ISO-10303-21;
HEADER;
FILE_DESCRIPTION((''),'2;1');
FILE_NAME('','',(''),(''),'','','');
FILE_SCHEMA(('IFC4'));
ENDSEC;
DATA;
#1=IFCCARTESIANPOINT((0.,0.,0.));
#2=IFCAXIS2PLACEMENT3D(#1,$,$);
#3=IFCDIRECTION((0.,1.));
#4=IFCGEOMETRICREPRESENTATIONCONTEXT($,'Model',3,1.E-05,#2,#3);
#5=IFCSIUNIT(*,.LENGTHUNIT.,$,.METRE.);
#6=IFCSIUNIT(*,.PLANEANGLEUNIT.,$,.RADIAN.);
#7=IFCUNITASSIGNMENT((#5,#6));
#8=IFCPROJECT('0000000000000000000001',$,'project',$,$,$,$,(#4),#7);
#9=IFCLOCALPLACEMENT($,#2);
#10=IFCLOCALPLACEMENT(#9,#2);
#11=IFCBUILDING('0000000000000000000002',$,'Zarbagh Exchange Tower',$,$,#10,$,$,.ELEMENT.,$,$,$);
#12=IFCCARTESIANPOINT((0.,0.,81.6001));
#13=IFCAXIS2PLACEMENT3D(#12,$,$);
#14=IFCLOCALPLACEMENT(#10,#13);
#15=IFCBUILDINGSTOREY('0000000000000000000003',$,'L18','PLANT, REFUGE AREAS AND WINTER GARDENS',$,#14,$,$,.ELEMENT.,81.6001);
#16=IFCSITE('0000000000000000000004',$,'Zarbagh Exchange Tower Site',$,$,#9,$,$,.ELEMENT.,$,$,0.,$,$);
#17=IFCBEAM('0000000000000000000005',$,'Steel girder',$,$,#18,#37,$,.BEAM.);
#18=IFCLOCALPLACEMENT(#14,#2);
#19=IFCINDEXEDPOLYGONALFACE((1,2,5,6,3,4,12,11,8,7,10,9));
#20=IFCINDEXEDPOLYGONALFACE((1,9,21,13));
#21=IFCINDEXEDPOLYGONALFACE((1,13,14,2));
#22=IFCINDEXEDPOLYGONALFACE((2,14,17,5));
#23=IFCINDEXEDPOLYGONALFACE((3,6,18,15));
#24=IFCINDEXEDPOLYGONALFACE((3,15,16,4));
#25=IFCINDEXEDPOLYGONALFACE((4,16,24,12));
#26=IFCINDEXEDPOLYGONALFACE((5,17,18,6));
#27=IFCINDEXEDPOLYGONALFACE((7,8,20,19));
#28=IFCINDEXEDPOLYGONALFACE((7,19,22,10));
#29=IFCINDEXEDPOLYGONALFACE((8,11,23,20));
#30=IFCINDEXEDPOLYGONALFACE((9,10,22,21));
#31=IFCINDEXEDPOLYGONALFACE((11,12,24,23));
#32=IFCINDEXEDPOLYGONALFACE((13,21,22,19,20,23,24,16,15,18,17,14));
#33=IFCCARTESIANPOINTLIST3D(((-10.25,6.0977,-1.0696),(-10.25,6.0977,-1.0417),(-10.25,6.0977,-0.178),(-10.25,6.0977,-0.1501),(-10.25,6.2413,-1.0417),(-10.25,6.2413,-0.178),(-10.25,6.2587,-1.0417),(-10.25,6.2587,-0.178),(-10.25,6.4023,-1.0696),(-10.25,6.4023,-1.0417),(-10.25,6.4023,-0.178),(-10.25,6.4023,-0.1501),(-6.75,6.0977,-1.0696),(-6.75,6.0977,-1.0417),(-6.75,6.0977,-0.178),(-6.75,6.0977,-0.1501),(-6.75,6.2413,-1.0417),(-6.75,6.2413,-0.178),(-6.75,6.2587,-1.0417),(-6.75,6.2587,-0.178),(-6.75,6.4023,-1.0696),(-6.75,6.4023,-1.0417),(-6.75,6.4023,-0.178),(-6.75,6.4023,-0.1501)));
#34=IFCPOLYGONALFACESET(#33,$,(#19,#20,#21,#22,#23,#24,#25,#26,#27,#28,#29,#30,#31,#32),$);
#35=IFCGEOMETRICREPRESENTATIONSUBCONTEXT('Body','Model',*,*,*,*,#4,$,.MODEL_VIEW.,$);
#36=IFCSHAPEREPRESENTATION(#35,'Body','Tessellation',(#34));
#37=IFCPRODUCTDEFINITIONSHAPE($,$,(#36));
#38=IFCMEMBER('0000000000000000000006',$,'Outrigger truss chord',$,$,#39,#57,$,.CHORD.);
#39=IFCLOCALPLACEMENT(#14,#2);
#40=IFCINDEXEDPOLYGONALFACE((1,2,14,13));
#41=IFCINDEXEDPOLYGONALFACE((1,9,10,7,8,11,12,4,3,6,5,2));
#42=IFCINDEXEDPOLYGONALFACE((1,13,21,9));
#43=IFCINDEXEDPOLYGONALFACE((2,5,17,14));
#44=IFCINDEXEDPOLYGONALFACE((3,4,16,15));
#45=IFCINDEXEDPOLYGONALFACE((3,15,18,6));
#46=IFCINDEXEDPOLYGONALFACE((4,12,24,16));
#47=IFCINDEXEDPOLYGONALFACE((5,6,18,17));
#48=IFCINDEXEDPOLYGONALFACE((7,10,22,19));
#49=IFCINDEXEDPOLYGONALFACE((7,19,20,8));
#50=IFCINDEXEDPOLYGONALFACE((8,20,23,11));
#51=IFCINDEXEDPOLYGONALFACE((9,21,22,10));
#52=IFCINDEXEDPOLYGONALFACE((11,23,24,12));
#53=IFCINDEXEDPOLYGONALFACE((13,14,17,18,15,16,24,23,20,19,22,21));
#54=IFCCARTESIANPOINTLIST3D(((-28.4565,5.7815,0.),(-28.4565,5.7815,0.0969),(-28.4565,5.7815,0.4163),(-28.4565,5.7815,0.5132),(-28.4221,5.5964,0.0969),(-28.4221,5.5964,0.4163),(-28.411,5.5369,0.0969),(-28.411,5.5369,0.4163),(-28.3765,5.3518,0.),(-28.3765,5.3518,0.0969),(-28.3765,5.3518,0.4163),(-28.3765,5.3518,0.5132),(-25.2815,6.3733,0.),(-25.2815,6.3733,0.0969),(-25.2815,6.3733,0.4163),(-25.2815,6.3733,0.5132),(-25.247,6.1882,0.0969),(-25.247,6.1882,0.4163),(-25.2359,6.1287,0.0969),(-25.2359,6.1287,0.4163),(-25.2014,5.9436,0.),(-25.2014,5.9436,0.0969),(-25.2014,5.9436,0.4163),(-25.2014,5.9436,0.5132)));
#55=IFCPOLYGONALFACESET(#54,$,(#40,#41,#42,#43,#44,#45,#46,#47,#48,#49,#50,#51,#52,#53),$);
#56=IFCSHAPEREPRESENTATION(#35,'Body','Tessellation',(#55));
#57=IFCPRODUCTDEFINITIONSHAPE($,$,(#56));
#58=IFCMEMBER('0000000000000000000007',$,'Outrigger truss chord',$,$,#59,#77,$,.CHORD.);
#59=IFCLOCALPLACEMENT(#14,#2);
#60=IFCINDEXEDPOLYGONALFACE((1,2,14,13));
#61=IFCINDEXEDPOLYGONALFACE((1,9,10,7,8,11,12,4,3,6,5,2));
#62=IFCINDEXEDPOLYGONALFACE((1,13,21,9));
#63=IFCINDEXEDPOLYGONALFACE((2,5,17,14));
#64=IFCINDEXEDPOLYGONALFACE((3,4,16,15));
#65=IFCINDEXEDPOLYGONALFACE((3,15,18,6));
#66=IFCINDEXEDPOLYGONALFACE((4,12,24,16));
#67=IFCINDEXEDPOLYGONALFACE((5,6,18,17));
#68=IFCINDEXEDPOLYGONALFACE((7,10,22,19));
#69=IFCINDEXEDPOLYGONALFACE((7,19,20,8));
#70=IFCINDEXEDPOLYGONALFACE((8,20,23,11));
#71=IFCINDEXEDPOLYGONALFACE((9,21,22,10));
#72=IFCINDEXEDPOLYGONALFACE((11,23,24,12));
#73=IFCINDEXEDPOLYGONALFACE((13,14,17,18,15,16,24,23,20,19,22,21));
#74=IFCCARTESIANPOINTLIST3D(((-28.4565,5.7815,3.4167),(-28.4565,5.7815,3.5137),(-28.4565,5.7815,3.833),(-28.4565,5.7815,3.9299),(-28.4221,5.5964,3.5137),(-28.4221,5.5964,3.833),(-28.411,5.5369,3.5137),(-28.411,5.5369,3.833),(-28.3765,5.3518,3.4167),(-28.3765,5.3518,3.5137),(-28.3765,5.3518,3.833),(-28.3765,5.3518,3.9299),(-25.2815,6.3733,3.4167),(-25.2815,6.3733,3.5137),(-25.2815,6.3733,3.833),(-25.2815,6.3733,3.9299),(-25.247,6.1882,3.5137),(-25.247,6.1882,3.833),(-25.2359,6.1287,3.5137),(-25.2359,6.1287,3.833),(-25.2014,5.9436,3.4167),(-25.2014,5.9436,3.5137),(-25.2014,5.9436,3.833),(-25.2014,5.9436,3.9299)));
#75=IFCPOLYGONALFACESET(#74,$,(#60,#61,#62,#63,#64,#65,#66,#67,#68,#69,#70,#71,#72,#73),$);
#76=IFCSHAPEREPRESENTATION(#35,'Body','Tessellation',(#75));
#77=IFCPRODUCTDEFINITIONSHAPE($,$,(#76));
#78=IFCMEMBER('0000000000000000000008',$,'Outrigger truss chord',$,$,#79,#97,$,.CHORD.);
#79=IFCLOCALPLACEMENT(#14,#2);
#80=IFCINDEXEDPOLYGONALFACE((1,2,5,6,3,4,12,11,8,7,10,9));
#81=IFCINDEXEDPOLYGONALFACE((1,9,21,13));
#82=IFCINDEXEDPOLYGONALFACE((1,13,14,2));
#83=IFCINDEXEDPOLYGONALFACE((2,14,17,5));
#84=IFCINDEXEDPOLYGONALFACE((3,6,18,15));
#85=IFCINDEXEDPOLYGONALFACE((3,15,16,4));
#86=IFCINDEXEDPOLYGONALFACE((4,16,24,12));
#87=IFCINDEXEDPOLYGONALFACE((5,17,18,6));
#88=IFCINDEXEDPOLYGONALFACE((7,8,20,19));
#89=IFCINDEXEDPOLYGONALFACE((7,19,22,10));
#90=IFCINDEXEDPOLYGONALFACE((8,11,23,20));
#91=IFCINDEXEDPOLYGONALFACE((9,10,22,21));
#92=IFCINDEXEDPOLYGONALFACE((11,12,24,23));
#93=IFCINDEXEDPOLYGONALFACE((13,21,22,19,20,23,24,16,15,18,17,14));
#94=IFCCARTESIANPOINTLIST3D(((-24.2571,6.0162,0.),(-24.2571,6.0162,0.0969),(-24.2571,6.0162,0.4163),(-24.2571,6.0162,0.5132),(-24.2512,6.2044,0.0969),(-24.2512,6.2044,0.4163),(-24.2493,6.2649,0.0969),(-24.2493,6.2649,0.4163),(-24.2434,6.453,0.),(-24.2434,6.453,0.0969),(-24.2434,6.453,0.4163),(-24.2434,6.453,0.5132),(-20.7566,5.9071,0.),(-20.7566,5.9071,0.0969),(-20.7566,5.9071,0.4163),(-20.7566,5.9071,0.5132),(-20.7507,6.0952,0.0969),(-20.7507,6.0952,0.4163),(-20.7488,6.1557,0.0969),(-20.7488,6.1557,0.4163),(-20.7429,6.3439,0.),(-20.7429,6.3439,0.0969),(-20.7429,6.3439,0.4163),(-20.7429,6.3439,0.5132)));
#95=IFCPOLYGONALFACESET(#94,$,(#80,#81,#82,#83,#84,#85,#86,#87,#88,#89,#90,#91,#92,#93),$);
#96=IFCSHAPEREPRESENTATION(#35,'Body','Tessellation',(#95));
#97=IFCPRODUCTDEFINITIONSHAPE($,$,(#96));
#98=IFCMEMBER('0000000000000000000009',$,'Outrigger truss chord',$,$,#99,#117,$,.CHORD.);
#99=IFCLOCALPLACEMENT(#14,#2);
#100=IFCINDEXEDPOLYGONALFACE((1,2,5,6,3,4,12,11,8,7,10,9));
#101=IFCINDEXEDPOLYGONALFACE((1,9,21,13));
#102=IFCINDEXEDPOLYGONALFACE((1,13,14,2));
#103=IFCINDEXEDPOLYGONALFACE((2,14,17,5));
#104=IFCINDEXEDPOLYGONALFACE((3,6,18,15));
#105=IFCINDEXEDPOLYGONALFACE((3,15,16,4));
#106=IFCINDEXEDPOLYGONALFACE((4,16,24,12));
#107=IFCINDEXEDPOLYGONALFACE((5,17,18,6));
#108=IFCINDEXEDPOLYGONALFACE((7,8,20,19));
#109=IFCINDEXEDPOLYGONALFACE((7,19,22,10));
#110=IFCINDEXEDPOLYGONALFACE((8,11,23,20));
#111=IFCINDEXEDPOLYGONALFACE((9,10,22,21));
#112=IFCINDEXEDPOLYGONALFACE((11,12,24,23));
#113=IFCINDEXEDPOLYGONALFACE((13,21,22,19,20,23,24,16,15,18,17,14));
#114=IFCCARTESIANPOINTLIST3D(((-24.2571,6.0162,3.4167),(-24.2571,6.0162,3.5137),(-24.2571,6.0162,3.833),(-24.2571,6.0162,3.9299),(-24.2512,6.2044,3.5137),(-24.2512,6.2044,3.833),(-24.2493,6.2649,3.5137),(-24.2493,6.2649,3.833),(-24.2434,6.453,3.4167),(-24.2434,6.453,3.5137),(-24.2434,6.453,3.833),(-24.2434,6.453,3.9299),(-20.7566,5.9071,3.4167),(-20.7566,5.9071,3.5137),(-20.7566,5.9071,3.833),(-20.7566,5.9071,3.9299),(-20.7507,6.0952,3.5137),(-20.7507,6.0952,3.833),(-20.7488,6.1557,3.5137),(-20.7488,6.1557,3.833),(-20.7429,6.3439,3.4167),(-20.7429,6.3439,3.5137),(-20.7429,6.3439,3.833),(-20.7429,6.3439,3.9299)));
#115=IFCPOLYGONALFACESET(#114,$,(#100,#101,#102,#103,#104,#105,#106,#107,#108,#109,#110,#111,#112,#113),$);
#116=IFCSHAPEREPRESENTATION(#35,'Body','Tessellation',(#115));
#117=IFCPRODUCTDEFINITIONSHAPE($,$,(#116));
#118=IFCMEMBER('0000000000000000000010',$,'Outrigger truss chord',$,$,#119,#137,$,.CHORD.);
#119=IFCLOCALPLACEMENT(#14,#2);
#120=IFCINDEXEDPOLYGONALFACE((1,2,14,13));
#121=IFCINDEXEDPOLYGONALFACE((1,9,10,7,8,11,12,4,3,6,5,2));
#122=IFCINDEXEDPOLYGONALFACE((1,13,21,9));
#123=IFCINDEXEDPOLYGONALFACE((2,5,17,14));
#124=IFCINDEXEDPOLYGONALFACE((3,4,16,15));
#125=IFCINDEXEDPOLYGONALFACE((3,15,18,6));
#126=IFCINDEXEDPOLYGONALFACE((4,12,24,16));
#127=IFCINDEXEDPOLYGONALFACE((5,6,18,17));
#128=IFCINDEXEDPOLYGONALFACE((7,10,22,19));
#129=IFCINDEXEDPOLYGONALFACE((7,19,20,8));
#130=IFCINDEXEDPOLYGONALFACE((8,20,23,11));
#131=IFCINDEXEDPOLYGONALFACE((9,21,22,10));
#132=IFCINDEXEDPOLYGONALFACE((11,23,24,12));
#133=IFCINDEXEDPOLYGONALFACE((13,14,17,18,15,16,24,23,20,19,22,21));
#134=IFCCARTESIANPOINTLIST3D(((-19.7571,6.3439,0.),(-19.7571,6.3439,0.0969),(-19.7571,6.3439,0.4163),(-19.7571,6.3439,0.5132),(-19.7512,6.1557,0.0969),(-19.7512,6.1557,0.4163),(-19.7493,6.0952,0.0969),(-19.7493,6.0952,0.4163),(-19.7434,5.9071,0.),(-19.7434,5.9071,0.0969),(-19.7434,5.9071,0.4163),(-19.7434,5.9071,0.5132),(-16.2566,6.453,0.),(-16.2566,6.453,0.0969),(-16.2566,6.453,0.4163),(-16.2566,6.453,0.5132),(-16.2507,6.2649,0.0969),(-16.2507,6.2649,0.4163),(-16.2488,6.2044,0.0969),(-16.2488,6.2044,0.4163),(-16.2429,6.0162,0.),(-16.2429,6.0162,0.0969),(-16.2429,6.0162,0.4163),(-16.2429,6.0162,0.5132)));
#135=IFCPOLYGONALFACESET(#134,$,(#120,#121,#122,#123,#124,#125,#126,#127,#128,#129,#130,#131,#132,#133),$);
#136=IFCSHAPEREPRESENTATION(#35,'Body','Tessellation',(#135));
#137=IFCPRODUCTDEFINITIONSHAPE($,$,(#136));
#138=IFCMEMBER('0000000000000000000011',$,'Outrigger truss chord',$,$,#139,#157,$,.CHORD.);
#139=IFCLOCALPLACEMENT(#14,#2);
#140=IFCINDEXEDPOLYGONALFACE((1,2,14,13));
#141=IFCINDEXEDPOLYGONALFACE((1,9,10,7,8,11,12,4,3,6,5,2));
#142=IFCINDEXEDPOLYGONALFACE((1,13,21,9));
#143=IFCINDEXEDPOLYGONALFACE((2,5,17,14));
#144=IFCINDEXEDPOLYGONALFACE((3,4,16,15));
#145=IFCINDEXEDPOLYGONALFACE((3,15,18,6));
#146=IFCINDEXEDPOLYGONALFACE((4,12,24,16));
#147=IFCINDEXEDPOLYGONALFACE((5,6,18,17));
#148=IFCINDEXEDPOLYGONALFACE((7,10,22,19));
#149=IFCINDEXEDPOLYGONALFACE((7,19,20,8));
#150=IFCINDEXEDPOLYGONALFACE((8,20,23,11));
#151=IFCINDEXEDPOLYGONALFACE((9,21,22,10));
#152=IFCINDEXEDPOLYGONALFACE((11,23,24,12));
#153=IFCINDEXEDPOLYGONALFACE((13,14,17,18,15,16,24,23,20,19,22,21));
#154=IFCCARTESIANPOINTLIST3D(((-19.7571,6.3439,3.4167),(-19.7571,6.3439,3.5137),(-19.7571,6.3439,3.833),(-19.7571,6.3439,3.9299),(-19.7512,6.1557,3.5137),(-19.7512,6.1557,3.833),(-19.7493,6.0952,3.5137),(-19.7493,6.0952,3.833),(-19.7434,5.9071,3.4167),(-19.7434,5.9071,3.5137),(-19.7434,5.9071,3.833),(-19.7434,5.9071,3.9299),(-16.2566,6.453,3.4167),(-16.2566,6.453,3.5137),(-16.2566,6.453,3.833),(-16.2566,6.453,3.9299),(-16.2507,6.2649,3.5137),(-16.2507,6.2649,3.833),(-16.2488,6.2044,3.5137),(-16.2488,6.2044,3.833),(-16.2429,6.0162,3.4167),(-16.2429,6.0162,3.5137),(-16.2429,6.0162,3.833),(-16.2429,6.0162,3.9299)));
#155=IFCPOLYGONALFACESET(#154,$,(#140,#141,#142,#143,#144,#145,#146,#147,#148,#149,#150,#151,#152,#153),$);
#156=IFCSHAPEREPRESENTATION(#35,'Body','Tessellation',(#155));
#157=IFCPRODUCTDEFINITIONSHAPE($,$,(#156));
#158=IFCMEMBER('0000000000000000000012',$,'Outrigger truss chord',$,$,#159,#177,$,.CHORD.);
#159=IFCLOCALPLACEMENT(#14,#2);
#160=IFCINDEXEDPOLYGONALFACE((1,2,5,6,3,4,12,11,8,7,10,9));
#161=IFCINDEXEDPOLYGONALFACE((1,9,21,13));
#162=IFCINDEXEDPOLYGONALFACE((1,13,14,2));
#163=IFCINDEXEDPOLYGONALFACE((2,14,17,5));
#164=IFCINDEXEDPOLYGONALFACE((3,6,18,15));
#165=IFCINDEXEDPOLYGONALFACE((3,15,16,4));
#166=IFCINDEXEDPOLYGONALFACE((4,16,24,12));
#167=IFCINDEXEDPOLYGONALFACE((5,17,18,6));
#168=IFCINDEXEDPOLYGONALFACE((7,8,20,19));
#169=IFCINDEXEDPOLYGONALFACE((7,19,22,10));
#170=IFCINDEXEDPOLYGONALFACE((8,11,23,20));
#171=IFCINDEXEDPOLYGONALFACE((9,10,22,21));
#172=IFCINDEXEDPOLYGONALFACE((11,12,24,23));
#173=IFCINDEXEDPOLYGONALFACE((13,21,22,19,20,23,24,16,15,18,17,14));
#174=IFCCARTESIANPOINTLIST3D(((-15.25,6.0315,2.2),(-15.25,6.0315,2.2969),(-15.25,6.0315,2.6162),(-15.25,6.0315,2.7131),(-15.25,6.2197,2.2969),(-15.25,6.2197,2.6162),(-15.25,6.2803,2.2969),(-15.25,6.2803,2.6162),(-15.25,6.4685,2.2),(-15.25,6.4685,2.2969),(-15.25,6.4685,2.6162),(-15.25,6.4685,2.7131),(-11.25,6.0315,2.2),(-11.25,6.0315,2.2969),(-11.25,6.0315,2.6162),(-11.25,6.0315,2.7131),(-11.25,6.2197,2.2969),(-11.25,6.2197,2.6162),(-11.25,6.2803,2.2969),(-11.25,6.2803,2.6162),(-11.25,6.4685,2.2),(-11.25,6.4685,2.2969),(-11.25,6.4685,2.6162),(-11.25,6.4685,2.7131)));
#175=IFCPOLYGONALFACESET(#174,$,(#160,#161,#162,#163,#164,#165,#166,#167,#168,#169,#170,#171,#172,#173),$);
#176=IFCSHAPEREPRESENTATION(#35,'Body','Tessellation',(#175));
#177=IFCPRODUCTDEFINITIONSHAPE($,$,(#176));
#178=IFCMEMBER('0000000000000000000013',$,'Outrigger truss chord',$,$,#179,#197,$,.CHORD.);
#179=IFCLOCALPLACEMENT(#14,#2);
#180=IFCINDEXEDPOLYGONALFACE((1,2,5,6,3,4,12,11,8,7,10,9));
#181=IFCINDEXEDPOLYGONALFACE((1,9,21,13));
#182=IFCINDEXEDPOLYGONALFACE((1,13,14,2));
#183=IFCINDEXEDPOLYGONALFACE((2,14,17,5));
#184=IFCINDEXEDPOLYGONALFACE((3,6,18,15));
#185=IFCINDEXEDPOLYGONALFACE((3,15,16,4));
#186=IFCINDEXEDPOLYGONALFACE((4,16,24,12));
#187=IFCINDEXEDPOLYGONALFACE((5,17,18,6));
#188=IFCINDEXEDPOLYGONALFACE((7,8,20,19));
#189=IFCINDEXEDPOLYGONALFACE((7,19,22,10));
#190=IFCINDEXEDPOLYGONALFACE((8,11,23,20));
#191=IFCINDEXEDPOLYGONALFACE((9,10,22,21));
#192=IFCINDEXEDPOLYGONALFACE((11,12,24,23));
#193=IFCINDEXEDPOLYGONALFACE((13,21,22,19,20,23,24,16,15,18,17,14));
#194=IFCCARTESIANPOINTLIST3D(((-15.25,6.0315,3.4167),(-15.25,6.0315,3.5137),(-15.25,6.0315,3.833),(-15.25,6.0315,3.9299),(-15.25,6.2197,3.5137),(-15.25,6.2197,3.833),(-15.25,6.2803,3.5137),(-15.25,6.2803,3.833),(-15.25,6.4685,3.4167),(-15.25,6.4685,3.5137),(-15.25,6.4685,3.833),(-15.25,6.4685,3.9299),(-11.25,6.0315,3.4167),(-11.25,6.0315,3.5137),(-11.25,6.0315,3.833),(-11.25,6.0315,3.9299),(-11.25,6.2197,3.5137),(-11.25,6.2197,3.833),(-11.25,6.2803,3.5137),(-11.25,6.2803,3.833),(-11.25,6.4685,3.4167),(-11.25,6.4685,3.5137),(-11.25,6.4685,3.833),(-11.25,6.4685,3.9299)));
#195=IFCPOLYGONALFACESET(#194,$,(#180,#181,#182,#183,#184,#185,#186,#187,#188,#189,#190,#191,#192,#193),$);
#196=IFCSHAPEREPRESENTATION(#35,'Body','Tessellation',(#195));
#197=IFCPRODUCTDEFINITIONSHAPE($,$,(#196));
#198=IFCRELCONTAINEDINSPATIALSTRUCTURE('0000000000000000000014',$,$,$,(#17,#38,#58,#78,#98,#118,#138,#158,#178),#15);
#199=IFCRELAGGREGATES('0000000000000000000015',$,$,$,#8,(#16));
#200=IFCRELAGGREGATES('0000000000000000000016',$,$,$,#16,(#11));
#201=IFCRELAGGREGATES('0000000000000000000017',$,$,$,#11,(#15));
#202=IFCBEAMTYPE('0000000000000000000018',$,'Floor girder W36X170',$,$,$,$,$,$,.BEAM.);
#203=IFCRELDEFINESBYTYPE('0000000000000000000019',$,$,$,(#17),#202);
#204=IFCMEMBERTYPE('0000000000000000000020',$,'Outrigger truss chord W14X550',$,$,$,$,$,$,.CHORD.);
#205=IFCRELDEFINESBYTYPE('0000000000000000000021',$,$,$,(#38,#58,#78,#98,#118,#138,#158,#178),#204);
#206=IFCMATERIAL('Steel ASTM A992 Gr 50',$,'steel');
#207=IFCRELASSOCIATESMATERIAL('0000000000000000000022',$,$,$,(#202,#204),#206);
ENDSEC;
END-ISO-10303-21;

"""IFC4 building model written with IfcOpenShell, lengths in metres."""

from ifc_helpers import new_model, si_unit, direction, frame, origin, origin_2d, place, context, subcontext, project, spatial, i_section, extrude, material, material_profile, profile_set, type_object, element, save


model = new_model("IFC4")

# Units and contexts
model_context = context("Model", 3, precision=1e-05, world=origin(), true_north=direction((0.0, 1.0)))
body_context = subcontext(model_context, "Body", "Model", "MODEL_VIEW")
ifc_project = project(units=[si_unit("LENGTHUNIT", "METRE"), si_unit("PLANEANGLEUNIT", "RADIAN")], contexts=[model_context])

# Site, building, storey
site_placement = place(None, origin())
site = spatial("IfcSite", under=ifc_project, at=site_placement, Name="Zarbagh Exchange Tower Site", CompositionType="ELEMENT", RefElevation=0.0)
building_placement = place(site_placement, origin())
building = spatial("IfcBuilding", under=site, at=building_placement, Name="Zarbagh Exchange Tower", CompositionType="ELEMENT")
storey_placement = place(building_placement, frame((0.0, 0.0, 81.6001)))
storey = spatial("IfcBuildingStorey", under=building, at=storey_placement, Name="L18", Description="PLANT, REFUGE AREAS AND WINTER GARDENS", CompositionType="ELEMENT", Elevation=81.6001)

# Shared definitions
ifc_material_1 = material(Name="Steel ASTM A992 Gr 50", Category="steel")

# Beam
ifc_material_profile_1 = material_profile(ifc_material_1, i_section(OverallWidth=0.3047, OverallDepth=0.9194, WebThickness=0.0173, FlangeThickness=0.0278, at=origin_2d()), Name="W36X170")
ifc_profile_set_1 = profile_set([ifc_material_profile_1], Name="Steel ASTM A992 Gr 50")
beam_type_1 = type_object("IfcBeamType", Name="Floor girder W36X170", PredefinedType="BEAM", material=ifc_profile_set_1)
beam_1_placement = place(storey_placement, frame((-10.25, 6.25, -0.6099), z_axis=(1.0, 0.0, 0.0), x_axis=(0.0, 1.0, 0.0)))
element("IfcBeam", 1, at=beam_1_placement, inside=storey, type_object=beam_type_1, Name="Steel girder", PredefinedType="BEAM", context=body_context, shape_type="SweptSolid", body=[
    extrude(i_section(OverallWidth=0.3047, OverallDepth=0.9194, WebThickness=0.0173, FlangeThickness=0.0278, at=origin_2d()), origin(), (0.0, 0.0, 1.0), 3.5),
])

# Members
ifc_material_profile_2 = material_profile(ifc_material_1, i_section(OverallWidth=0.437, OverallDepth=0.5132, WebThickness=0.0605, FlangeThickness=0.0969, at=origin_2d()), Name="W14X550")
ifc_profile_set_2 = profile_set([ifc_material_profile_2], Name="Steel ASTM A992 Gr 50")
member_type_1 = type_object("IfcMemberType", Name="Outrigger truss chord W14X550", PredefinedType="CHORD", material=ifc_profile_set_2)
for number, where, z_axis, x_axis, name in (
    (2, (-28.4165, 5.5667, 0.2566), (0.983069, 0.183234, 0.0), (-0.183234, 0.983069, 0.0), "Outrigger truss chord"),
    (3, (-28.4165, 5.5667, 3.6733), (0.983069, 0.183234, 0.0), (-0.183234, 0.983069, 0.0), "Outrigger truss chord"),
):
    element("IfcMember", number, at=place(storey_placement, frame(where, z_axis=z_axis, x_axis=x_axis)), inside=storey, type_object=member_type_1, Name=name, PredefinedType="CHORD", context=body_context, shape_type="SweptSolid", body=[
        extrude(i_section(OverallWidth=0.437, OverallDepth=0.5132, WebThickness=0.0605, FlangeThickness=0.0969, at=origin_2d()), origin(), (0.0, 0.0, 1.0), 3.2297),
    ])
for number, where, z_axis, x_axis, name in (
    (4, (-24.2502, 6.2346, 0.2566), (0.999514, -0.031161, 0.0), (0.031161, 0.999514, 0.0), "Outrigger truss chord"),
    (5, (-24.2502, 6.2346, 3.6733), (0.999514, -0.031161, 0.0), (0.031161, 0.999514, 0.0), "Outrigger truss chord"),
    (6, (-19.7502, 6.1255, 0.2566), (0.999514, 0.031161, 0.0), (-0.031161, 0.999514, 0.0), "Outrigger truss chord"),
    (7, (-19.7502, 6.1255, 3.6733), (0.999514, 0.031161, 0.0), (-0.031161, 0.999514, 0.0), "Outrigger truss chord"),
):
    element("IfcMember", number, at=place(storey_placement, frame(where, z_axis=z_axis, x_axis=x_axis)), inside=storey, type_object=member_type_1, Name=name, PredefinedType="CHORD", context=body_context, shape_type="SweptSolid", body=[
        extrude(i_section(OverallWidth=0.437, OverallDepth=0.5132, WebThickness=0.0605, FlangeThickness=0.0969, at=origin_2d()), origin(), (0.0, 0.0, 1.0), 3.5022),
    ])
for number, where, z_axis, x_axis, name in (
    (8, (-15.25, 6.25, 2.4565), (1.0, 0.0, 0.0), (0.0, 1.0, 0.0), "Outrigger truss chord"),
    (9, (-15.25, 6.25, 3.6733), (1.0, 0.0, 0.0), (0.0, 1.0, 0.0), "Outrigger truss chord"),
):
    element("IfcMember", number, at=place(storey_placement, frame(where, z_axis=z_axis, x_axis=x_axis)), inside=storey, type_object=member_type_1, Name=name, PredefinedType="CHORD", context=body_context, shape_type="SweptSolid", body=[
        extrude(i_section(OverallWidth=0.437, OverallDepth=0.5132, WebThickness=0.0605, FlangeThickness=0.0969, at=origin_2d()), origin(), (0.0, 0.0, 1.0), 4.0),
    ])

save(model, "model.ifc")
